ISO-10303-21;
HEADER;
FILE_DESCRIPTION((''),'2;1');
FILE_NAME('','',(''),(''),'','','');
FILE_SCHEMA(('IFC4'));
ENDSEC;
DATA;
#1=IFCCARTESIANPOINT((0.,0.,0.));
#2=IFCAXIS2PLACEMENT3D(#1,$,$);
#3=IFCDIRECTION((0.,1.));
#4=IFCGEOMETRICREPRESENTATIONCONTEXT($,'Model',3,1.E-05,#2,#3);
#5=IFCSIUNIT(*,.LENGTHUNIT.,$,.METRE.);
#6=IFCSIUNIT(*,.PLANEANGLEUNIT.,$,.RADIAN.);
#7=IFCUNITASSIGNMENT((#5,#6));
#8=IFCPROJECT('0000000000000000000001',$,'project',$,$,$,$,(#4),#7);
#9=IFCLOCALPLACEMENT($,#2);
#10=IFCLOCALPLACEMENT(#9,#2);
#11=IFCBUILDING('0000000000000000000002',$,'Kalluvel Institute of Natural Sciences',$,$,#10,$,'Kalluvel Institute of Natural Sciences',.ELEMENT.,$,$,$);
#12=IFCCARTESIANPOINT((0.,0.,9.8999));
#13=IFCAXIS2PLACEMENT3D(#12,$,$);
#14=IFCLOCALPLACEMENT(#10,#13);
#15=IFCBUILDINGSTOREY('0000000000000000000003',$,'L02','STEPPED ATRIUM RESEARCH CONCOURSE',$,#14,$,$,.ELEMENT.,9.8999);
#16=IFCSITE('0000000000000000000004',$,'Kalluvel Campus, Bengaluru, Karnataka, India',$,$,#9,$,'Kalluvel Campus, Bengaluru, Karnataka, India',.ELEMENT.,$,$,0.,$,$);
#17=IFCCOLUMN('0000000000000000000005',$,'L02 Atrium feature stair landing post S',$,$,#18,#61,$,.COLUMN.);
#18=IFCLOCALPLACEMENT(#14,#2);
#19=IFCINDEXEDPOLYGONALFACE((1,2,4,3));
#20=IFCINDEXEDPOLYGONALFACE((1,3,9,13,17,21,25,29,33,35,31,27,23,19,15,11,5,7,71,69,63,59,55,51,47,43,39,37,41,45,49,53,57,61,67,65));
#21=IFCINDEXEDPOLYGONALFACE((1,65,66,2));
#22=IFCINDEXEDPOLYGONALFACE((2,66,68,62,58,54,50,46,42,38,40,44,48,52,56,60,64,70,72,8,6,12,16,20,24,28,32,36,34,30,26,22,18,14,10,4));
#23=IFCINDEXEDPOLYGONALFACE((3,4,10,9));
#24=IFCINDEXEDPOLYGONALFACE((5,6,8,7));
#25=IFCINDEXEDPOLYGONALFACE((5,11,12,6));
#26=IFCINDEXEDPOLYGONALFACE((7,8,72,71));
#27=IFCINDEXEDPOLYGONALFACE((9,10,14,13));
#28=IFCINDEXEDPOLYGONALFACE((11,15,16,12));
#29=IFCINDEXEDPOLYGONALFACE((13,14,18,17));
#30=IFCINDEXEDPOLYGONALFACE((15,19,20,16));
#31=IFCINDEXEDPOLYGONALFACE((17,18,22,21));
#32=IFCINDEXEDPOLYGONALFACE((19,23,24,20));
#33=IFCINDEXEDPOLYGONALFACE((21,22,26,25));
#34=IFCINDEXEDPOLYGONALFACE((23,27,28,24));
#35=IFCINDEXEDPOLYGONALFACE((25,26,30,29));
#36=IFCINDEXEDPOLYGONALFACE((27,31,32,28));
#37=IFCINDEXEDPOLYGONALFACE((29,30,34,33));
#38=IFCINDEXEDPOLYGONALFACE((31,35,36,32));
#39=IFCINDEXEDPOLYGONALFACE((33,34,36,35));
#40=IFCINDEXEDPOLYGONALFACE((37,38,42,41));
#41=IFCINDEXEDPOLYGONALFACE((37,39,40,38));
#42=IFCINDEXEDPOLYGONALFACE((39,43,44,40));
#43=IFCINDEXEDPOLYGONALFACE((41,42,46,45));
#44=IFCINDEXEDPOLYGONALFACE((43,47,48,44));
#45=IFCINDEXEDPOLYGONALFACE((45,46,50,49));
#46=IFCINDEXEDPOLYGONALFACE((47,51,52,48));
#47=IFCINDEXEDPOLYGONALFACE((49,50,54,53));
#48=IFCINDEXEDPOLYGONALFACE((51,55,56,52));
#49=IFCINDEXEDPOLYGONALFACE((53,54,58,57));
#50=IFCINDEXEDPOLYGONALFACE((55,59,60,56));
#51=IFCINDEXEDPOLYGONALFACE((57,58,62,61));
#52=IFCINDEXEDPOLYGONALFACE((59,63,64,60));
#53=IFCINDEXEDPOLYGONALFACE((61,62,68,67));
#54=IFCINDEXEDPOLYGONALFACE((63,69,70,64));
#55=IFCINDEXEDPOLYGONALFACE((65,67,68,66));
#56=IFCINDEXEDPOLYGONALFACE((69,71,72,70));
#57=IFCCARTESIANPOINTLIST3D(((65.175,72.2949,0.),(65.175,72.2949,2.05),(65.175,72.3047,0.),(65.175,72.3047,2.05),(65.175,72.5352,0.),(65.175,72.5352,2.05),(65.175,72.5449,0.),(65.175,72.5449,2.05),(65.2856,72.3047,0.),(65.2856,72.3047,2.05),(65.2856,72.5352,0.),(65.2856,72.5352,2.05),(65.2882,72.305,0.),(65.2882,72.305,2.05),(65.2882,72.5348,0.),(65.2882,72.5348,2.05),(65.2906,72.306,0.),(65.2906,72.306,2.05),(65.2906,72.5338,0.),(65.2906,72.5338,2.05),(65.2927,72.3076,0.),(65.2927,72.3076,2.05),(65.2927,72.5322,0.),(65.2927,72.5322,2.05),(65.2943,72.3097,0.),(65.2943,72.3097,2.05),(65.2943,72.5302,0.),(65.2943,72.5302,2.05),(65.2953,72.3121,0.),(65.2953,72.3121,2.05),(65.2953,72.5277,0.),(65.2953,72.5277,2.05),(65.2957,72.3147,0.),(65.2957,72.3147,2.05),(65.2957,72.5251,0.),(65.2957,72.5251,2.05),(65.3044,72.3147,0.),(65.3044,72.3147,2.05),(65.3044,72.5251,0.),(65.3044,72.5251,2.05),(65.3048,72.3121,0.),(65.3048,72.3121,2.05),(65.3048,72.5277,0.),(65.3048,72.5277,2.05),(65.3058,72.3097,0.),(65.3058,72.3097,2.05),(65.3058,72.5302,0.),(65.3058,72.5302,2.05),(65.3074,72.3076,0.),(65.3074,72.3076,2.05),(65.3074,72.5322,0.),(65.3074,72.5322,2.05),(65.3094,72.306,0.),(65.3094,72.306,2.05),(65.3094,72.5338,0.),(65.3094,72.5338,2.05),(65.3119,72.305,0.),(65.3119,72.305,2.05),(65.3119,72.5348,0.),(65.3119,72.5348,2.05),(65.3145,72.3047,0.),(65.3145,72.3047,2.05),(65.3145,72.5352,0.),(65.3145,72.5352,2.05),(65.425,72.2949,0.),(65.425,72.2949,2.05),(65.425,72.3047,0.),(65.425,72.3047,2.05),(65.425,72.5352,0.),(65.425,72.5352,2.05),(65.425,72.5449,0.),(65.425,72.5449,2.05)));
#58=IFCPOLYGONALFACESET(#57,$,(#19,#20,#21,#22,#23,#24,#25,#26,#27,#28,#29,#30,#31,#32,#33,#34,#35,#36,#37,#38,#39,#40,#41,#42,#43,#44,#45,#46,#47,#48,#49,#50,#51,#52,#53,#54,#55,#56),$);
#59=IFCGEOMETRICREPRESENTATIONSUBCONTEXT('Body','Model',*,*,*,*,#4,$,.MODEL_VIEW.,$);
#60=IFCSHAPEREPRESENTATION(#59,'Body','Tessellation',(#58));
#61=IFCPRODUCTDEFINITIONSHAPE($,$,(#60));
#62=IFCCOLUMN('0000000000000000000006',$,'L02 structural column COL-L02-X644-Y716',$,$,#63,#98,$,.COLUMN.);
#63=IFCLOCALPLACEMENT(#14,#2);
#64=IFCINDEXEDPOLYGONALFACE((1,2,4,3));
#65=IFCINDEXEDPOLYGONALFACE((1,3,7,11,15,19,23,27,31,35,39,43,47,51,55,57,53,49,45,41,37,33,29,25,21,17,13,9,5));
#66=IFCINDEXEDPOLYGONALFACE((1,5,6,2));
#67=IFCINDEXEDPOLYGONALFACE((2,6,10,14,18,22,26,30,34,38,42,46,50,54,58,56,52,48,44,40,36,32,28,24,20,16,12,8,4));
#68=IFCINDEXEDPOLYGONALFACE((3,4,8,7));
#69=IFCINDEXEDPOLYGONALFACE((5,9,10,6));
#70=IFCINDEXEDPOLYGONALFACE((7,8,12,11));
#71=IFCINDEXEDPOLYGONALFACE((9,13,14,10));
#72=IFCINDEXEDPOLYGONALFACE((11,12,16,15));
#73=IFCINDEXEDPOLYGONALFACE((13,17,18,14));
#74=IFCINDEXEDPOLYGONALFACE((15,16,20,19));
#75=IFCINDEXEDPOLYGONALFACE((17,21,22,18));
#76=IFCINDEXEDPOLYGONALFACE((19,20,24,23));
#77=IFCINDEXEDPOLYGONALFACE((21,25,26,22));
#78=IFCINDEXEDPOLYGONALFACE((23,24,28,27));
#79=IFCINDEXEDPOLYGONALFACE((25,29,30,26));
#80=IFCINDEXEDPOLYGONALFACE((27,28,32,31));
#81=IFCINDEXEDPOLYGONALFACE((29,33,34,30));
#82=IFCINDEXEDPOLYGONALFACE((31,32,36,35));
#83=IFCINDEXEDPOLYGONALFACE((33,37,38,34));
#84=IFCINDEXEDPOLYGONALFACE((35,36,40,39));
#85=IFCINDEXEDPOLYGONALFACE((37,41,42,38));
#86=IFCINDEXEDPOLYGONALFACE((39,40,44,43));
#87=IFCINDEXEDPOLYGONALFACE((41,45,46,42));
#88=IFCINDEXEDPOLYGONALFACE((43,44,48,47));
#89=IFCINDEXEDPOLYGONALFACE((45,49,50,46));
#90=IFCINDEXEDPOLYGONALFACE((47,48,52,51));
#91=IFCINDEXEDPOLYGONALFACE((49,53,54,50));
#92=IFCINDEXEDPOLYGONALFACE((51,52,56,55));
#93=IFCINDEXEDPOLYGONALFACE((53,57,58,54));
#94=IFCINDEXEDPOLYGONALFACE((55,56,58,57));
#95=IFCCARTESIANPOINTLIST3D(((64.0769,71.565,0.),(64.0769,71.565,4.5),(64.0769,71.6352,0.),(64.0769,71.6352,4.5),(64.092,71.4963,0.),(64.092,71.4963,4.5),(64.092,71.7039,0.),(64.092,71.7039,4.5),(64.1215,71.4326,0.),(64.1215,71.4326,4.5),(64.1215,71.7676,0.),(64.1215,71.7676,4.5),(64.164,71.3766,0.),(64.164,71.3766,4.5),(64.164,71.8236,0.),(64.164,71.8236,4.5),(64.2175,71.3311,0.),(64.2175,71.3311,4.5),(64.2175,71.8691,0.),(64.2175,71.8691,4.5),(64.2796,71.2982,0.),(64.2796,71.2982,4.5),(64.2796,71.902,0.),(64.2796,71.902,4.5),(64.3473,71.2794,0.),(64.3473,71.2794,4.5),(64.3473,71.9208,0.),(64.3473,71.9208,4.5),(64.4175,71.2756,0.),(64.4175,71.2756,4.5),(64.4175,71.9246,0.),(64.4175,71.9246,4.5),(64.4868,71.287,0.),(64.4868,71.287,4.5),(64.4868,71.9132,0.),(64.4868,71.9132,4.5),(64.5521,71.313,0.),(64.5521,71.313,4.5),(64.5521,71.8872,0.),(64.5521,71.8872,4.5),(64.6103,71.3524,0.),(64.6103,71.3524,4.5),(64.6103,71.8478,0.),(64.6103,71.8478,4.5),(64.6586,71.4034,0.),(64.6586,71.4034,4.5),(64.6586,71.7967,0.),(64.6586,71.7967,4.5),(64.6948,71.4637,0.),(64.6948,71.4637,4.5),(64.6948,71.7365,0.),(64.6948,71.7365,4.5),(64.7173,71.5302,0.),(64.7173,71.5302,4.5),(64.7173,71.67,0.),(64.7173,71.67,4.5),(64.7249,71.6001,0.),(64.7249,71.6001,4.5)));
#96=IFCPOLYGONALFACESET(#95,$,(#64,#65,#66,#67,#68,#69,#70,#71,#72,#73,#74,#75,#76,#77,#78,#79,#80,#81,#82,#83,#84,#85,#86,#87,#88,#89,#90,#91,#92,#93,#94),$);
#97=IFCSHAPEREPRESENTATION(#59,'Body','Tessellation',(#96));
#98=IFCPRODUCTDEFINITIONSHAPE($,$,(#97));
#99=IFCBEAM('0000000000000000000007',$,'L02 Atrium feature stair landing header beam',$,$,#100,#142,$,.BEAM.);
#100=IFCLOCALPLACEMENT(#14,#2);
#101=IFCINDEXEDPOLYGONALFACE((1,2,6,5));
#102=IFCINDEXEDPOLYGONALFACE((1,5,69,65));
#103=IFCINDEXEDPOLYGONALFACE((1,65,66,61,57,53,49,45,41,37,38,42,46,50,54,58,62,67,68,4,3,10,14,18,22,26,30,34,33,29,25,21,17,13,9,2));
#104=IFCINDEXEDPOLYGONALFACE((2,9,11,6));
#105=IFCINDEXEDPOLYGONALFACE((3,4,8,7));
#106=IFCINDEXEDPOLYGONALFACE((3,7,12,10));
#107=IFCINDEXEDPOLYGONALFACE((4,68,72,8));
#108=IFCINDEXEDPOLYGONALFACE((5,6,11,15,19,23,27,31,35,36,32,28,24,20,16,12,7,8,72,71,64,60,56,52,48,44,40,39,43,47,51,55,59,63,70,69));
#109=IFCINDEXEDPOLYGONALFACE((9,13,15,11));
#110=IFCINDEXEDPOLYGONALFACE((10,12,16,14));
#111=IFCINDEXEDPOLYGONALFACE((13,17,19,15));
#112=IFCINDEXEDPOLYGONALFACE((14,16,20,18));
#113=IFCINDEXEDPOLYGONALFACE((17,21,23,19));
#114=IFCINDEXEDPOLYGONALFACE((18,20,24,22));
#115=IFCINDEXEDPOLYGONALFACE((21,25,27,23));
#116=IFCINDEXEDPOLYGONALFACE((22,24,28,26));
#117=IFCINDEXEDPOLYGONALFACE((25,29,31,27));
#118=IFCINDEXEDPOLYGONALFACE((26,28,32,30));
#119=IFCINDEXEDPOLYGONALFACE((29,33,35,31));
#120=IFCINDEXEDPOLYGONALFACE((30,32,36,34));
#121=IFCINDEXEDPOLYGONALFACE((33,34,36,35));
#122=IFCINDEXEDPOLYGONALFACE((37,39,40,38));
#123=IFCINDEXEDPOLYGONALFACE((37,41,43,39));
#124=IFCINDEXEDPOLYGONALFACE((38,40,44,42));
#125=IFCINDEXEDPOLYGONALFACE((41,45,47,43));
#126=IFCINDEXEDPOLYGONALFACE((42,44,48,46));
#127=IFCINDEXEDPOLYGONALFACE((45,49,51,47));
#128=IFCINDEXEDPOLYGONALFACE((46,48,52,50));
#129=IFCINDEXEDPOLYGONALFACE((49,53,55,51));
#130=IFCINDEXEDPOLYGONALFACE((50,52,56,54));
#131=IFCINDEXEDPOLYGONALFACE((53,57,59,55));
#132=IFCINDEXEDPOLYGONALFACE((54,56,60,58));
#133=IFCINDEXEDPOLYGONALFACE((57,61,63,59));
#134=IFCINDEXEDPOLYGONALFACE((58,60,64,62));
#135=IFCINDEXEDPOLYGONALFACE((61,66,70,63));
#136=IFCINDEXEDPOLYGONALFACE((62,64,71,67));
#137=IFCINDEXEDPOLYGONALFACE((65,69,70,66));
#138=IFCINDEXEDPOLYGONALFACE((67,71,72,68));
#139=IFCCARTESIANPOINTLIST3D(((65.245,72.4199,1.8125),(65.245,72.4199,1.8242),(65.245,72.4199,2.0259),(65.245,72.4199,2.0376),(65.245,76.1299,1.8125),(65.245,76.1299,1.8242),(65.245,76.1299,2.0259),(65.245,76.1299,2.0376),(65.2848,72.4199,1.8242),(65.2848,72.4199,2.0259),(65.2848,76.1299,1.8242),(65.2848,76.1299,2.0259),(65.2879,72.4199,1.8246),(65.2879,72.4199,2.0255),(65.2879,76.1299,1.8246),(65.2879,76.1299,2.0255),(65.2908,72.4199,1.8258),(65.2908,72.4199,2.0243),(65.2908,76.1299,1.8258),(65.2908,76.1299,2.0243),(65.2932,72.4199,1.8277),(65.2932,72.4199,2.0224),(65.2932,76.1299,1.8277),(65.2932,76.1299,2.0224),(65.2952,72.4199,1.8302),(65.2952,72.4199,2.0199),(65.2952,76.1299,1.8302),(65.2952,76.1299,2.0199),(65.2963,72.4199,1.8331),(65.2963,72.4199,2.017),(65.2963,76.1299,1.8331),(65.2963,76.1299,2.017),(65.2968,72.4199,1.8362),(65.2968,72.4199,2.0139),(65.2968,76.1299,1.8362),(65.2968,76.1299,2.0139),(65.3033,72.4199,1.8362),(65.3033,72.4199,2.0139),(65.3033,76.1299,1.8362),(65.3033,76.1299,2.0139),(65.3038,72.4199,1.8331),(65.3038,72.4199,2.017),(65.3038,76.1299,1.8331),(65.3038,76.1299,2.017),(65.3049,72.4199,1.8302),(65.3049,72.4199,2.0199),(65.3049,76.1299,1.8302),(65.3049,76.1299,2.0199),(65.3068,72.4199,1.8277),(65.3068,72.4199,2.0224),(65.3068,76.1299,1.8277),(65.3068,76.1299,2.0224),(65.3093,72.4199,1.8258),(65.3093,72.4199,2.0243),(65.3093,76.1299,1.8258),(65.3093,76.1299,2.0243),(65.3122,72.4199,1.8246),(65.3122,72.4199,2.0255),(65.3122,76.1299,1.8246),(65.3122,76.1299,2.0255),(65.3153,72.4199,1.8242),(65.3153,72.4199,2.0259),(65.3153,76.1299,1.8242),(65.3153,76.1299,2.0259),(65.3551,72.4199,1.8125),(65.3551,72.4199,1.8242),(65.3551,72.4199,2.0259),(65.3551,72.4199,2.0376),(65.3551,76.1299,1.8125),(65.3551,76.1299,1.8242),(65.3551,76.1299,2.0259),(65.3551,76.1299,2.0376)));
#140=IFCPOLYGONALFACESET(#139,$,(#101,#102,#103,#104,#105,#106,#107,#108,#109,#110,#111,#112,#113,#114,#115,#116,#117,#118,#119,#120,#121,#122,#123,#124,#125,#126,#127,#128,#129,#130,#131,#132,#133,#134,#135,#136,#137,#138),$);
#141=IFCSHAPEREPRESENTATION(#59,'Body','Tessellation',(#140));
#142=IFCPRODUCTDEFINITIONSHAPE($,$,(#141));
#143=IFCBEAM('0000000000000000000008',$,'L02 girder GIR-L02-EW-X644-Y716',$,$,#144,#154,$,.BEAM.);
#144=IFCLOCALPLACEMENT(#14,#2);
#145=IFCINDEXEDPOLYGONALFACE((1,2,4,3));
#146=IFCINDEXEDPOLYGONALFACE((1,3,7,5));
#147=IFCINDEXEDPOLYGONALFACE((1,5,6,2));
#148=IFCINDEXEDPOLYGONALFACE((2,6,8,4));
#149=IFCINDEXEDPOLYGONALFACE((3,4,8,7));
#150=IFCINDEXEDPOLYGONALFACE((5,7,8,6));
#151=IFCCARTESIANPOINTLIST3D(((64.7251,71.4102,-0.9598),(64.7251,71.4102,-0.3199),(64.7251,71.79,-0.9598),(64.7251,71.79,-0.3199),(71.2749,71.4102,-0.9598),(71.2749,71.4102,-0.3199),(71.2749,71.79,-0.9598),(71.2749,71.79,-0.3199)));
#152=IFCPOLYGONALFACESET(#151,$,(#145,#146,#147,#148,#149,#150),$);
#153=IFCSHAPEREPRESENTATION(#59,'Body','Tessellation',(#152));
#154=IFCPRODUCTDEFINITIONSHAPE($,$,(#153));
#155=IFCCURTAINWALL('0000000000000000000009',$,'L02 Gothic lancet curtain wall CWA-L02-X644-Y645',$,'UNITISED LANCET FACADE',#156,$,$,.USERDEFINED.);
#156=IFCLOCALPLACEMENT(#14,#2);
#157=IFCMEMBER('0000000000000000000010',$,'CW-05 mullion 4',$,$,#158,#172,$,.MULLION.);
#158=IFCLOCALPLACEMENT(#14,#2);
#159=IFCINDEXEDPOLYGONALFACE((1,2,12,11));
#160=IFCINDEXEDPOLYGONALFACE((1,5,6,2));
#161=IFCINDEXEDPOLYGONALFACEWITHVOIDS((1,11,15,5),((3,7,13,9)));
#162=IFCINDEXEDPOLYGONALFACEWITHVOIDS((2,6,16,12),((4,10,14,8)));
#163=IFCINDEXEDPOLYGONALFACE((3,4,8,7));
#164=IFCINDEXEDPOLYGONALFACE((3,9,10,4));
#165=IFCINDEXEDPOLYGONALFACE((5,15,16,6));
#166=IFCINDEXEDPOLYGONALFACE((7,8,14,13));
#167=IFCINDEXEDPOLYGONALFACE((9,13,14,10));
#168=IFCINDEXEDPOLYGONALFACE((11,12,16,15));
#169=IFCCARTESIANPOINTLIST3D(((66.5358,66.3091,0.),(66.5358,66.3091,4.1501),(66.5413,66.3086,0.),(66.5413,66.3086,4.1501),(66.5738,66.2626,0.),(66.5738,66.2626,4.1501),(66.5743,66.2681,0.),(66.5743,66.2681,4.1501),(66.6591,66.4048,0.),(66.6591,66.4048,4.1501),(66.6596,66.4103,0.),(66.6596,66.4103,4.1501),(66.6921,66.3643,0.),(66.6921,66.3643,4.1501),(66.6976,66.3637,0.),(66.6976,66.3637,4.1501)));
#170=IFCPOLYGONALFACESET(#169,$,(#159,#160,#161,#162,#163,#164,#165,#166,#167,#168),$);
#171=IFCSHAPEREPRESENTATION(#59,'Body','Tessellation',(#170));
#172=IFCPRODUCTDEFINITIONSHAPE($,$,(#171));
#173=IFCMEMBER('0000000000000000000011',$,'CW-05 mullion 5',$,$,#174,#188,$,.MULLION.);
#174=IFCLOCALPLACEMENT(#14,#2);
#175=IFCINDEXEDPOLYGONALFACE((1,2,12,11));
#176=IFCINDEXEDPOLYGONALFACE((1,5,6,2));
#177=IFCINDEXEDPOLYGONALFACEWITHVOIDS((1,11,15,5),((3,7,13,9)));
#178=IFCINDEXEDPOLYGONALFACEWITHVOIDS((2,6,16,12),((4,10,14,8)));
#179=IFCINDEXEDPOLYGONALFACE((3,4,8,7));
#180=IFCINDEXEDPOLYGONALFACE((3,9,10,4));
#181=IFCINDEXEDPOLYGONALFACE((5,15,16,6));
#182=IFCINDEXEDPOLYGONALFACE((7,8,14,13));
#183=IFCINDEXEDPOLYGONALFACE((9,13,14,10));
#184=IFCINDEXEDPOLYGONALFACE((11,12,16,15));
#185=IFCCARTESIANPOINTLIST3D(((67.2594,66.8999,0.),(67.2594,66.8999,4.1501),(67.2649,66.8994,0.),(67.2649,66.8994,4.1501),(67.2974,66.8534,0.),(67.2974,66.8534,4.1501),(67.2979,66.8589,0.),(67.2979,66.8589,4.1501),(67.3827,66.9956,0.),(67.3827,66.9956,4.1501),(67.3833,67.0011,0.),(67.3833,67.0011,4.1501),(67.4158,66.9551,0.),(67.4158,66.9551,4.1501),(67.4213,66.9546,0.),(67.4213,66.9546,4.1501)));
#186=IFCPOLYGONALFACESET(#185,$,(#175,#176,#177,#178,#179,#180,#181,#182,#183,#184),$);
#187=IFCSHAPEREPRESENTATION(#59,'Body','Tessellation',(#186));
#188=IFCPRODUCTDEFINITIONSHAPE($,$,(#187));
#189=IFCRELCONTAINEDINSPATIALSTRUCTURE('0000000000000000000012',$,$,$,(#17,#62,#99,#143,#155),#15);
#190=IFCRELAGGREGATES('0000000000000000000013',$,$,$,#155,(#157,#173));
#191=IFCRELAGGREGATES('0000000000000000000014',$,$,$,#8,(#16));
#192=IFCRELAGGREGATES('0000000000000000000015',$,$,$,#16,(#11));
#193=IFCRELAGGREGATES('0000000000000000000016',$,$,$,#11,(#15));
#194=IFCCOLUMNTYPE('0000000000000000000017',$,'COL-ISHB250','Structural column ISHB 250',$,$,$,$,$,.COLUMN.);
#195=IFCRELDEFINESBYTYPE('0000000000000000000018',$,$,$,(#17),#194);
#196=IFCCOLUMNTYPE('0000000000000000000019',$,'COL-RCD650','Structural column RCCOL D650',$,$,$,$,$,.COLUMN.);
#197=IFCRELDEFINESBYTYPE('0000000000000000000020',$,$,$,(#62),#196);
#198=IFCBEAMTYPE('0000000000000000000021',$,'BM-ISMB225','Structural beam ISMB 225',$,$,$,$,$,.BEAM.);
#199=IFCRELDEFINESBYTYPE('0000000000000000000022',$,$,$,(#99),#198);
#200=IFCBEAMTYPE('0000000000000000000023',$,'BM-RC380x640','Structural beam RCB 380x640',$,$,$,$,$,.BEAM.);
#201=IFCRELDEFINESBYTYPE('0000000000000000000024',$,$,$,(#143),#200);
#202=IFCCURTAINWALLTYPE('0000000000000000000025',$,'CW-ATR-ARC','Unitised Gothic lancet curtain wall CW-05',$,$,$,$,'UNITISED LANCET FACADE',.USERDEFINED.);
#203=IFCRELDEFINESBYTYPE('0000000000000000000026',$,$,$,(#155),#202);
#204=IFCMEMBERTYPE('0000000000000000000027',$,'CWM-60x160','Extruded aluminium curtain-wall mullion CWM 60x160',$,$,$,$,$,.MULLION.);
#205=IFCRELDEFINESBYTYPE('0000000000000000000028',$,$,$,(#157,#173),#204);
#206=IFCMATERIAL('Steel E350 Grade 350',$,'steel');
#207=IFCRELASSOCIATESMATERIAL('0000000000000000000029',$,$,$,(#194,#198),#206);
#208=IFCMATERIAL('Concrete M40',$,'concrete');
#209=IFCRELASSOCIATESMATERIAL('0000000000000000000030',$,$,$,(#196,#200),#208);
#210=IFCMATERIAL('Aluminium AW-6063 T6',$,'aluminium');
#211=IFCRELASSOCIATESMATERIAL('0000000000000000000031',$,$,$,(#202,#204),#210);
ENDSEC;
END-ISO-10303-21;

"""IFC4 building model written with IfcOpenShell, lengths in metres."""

from ifc_helpers import new_model, si_unit, direction, frame, origin, origin_2d, place, context, subcontext, project, spatial, rectangle, hollow_rectangle, circle, i_section, extrude, material, material_profile, profile_set, type_object, element, aggregate, save


model = new_model("IFC4")

# Units and contexts
model_context = context("Model", 3, precision=1e-05, world=origin(), true_north=direction((0.0, 1.0)))
body_context = subcontext(model_context, "Body", "Model", "MODEL_VIEW")
ifc_project = project(units=[si_unit("LENGTHUNIT", "METRE"), si_unit("PLANEANGLEUNIT", "RADIAN")], contexts=[model_context])

# Site, building, storey
site_placement = place(None, origin())
site = spatial("IfcSite", under=ifc_project, at=site_placement, Name="Kalluvel Campus, Bengaluru, Karnataka, India", LongName="Kalluvel Campus, Bengaluru, Karnataka, India", CompositionType="ELEMENT", RefElevation=0.0)
building_placement = place(site_placement, origin())
building = spatial("IfcBuilding", under=site, at=building_placement, Name="Kalluvel Institute of Natural Sciences", LongName="Kalluvel Institute of Natural Sciences", CompositionType="ELEMENT")
storey_placement = place(building_placement, frame((0.0, 0.0, 9.8999)))
storey = spatial("IfcBuildingStorey", under=building, at=storey_placement, Name="L02", Description="STEPPED ATRIUM RESEARCH CONCOURSE", CompositionType="ELEMENT", Elevation=9.8999)

# Columns
ifc_material_1 = material(Name="Steel E350 Grade 350", Category="steel")
ifc_material_profile_1 = material_profile(ifc_material_1, i_section(OverallWidth=0.25, OverallDepth=0.25, WebThickness=0.0088, FlangeThickness=0.0098, FilletRadius=0.01, at=origin_2d()), Name="ISHB 250")
ifc_profile_set_1 = profile_set([ifc_material_profile_1], Name="Steel E350 Grade 350")
column_type_1 = type_object("IfcColumnType", Name="COL-ISHB250", Description="Structural column ISHB 250", PredefinedType="COLUMN", material=ifc_profile_set_1)
column_1_placement = place(storey_placement, frame((65.3, 72.4199, 0.0), z_axis=(0.0, 0.0, 1.0), x_axis=(1.0, 0.0, 0.0)))
element("IfcColumn", 1, at=column_1_placement, inside=storey, type_object=column_type_1, Name="L02 Atrium feature stair landing post S", PredefinedType="COLUMN", context=body_context, shape_type="SweptSolid", body=[
    extrude(i_section(OverallWidth=0.25, OverallDepth=0.25, WebThickness=0.0088, FlangeThickness=0.0098, FilletRadius=0.01, at=origin_2d()), origin(), (0.0, 0.0, 1.0), 2.05),
])
ifc_material_2 = material(Name="Concrete M40", Category="concrete")
ifc_material_profile_2 = material_profile(ifc_material_2, circle(Radius=0.325, at=origin_2d()), Name="RCCOL D650")
ifc_profile_set_2 = profile_set([ifc_material_profile_2], Name="Concrete M40")
column_type_2 = type_object("IfcColumnType", Name="COL-RCD650", Description="Structural column RCCOL D650", PredefinedType="COLUMN", material=ifc_profile_set_2)
column_2_placement = place(storey_placement, frame((64.3999, 71.6001, 0.0), z_axis=(0.0, 0.0, 1.0), x_axis=(1.0, 0.0, 0.0)))
element("IfcColumn", 2, at=column_2_placement, inside=storey, type_object=column_type_2, Name="L02 structural column COL-L02-X644-Y716", PredefinedType="COLUMN", context=body_context, shape_type="SweptSolid", body=[
    extrude(circle(Radius=0.325, at=origin_2d()), origin(), (0.0, 0.0, 1.0), 4.5),
])

# Beams
ifc_material_profile_3 = material_profile(ifc_material_1, i_section(OverallWidth=0.1101, OverallDepth=0.2251, WebThickness=0.0066, FlangeThickness=0.0117, FilletRadius=0.012, at=origin_2d()), Name="ISMB 225")
ifc_profile_set_3 = profile_set([ifc_material_profile_3], Name="Steel E350 Grade 350")
beam_type_1 = type_object("IfcBeamType", Name="BM-ISMB225", Description="Structural beam ISMB 225", PredefinedType="BEAM", material=ifc_profile_set_3)
beam_1_placement = place(storey_placement, frame((65.3, 72.4199, 1.925), z_axis=(0.0, 1.0, 0.0), x_axis=(-1.0, 0.0, 0.0)))
element("IfcBeam", 3, at=beam_1_placement, inside=storey, type_object=beam_type_1, Name="L02 Atrium feature stair landing header beam", PredefinedType="BEAM", context=body_context, shape_type="SweptSolid", body=[
    extrude(i_section(OverallWidth=0.1101, OverallDepth=0.2251, WebThickness=0.0066, FlangeThickness=0.0117, FilletRadius=0.012, at=origin_2d()), origin(), (0.0, 0.0, 1.0), 3.71),
])
ifc_material_profile_4 = material_profile(ifc_material_2, rectangle(XDim=0.3799, YDim=0.6399, at=origin_2d()), Name="RCB 380x640")
ifc_profile_set_4 = profile_set([ifc_material_profile_4], Name="Concrete M40")
beam_type_2 = type_object("IfcBeamType", Name="BM-RC380x640", Description="Structural beam RCB 380x640", PredefinedType="BEAM", material=ifc_profile_set_4)
beam_2_placement = place(storey_placement, frame((64.7251, 71.6001, -0.6399), z_axis=(1.0, 0.0, 0.0), x_axis=(0.0, 1.0, 0.0)))
element("IfcBeam", 4, at=beam_2_placement, inside=storey, type_object=beam_type_2, Name="L02 girder GIR-L02-EW-X644-Y716", PredefinedType="BEAM", context=body_context, shape_type="SweptSolid", body=[
    extrude(rectangle(XDim=0.3799, YDim=0.6399, at=origin_2d()), origin(), (0.0, 0.0, 1.0), 6.5498),
])

# Curtain wall, members
ifc_material_3 = material(Name="Aluminium AW-6063 T6", Category="aluminium")
curtain_wall_type = type_object("IfcCurtainWallType", Name="CW-ATR-ARC", Description="Unitised Gothic lancet curtain wall CW-05", ElementType="UNITISED LANCET FACADE", PredefinedType="USERDEFINED", material=ifc_material_3)
curtain_wall_1_placement = place(storey_placement, origin())
curtain_wall_1 = element("IfcCurtainWall", 5, at=curtain_wall_1_placement, inside=storey, type_object=curtain_wall_type, Name="L02 Gothic lancet curtain wall CWA-L02-X644-Y645", ObjectType="UNITISED LANCET FACADE", PredefinedType="USERDEFINED")
ifc_material_profile_5 = material_profile(ifc_material_3, hollow_rectangle(XDim=0.0601, YDim=0.1599, WallThickness=0.0039, at=origin_2d()), Name="CWM 60x160")
ifc_profile_set_5 = profile_set([ifc_material_profile_5], Name="Aluminium AW-6063 T6")
member_type_1 = type_object("IfcMemberType", Name="CWM-60x160", Description="Extruded aluminium curtain-wall mullion CWM 60x160", PredefinedType="MULLION", material=ifc_profile_set_5)
member_1_placement = place(storey_placement, frame((66.6167, 66.3364, 0.0), z_axis=(0.0, 0.0, 1.0), x_axis=(-0.632441, 0.774608, 0.0)))
member_1 = element("IfcMember", 6, at=member_1_placement, type_object=member_type_1, Name="CW-05 mullion 4", PredefinedType="MULLION", context=body_context, shape_type="SweptSolid", body=[
    extrude(hollow_rectangle(XDim=0.0601, YDim=0.1599, WallThickness=0.0039, at=origin_2d()), origin(), (0.0, 0.0, 1.0), 4.1501),
])
member_2_placement = place(storey_placement, frame((67.3403, 66.9272, 0.0), z_axis=(0.0, 0.0, 1.0), x_axis=(-0.632441, 0.774608, 0.0)))
member_2 = element("IfcMember", 7, at=member_2_placement, type_object=member_type_1, Name="CW-05 mullion 5", PredefinedType="MULLION", context=body_context, shape_type="SweptSolid", body=[
    extrude(hollow_rectangle(XDim=0.0601, YDim=0.1599, WallThickness=0.0039, at=origin_2d()), origin(), (0.0, 0.0, 1.0), 4.1501),
])

aggregate(curtain_wall_1, [member_1, member_2])

save(model, "model.ifc")
